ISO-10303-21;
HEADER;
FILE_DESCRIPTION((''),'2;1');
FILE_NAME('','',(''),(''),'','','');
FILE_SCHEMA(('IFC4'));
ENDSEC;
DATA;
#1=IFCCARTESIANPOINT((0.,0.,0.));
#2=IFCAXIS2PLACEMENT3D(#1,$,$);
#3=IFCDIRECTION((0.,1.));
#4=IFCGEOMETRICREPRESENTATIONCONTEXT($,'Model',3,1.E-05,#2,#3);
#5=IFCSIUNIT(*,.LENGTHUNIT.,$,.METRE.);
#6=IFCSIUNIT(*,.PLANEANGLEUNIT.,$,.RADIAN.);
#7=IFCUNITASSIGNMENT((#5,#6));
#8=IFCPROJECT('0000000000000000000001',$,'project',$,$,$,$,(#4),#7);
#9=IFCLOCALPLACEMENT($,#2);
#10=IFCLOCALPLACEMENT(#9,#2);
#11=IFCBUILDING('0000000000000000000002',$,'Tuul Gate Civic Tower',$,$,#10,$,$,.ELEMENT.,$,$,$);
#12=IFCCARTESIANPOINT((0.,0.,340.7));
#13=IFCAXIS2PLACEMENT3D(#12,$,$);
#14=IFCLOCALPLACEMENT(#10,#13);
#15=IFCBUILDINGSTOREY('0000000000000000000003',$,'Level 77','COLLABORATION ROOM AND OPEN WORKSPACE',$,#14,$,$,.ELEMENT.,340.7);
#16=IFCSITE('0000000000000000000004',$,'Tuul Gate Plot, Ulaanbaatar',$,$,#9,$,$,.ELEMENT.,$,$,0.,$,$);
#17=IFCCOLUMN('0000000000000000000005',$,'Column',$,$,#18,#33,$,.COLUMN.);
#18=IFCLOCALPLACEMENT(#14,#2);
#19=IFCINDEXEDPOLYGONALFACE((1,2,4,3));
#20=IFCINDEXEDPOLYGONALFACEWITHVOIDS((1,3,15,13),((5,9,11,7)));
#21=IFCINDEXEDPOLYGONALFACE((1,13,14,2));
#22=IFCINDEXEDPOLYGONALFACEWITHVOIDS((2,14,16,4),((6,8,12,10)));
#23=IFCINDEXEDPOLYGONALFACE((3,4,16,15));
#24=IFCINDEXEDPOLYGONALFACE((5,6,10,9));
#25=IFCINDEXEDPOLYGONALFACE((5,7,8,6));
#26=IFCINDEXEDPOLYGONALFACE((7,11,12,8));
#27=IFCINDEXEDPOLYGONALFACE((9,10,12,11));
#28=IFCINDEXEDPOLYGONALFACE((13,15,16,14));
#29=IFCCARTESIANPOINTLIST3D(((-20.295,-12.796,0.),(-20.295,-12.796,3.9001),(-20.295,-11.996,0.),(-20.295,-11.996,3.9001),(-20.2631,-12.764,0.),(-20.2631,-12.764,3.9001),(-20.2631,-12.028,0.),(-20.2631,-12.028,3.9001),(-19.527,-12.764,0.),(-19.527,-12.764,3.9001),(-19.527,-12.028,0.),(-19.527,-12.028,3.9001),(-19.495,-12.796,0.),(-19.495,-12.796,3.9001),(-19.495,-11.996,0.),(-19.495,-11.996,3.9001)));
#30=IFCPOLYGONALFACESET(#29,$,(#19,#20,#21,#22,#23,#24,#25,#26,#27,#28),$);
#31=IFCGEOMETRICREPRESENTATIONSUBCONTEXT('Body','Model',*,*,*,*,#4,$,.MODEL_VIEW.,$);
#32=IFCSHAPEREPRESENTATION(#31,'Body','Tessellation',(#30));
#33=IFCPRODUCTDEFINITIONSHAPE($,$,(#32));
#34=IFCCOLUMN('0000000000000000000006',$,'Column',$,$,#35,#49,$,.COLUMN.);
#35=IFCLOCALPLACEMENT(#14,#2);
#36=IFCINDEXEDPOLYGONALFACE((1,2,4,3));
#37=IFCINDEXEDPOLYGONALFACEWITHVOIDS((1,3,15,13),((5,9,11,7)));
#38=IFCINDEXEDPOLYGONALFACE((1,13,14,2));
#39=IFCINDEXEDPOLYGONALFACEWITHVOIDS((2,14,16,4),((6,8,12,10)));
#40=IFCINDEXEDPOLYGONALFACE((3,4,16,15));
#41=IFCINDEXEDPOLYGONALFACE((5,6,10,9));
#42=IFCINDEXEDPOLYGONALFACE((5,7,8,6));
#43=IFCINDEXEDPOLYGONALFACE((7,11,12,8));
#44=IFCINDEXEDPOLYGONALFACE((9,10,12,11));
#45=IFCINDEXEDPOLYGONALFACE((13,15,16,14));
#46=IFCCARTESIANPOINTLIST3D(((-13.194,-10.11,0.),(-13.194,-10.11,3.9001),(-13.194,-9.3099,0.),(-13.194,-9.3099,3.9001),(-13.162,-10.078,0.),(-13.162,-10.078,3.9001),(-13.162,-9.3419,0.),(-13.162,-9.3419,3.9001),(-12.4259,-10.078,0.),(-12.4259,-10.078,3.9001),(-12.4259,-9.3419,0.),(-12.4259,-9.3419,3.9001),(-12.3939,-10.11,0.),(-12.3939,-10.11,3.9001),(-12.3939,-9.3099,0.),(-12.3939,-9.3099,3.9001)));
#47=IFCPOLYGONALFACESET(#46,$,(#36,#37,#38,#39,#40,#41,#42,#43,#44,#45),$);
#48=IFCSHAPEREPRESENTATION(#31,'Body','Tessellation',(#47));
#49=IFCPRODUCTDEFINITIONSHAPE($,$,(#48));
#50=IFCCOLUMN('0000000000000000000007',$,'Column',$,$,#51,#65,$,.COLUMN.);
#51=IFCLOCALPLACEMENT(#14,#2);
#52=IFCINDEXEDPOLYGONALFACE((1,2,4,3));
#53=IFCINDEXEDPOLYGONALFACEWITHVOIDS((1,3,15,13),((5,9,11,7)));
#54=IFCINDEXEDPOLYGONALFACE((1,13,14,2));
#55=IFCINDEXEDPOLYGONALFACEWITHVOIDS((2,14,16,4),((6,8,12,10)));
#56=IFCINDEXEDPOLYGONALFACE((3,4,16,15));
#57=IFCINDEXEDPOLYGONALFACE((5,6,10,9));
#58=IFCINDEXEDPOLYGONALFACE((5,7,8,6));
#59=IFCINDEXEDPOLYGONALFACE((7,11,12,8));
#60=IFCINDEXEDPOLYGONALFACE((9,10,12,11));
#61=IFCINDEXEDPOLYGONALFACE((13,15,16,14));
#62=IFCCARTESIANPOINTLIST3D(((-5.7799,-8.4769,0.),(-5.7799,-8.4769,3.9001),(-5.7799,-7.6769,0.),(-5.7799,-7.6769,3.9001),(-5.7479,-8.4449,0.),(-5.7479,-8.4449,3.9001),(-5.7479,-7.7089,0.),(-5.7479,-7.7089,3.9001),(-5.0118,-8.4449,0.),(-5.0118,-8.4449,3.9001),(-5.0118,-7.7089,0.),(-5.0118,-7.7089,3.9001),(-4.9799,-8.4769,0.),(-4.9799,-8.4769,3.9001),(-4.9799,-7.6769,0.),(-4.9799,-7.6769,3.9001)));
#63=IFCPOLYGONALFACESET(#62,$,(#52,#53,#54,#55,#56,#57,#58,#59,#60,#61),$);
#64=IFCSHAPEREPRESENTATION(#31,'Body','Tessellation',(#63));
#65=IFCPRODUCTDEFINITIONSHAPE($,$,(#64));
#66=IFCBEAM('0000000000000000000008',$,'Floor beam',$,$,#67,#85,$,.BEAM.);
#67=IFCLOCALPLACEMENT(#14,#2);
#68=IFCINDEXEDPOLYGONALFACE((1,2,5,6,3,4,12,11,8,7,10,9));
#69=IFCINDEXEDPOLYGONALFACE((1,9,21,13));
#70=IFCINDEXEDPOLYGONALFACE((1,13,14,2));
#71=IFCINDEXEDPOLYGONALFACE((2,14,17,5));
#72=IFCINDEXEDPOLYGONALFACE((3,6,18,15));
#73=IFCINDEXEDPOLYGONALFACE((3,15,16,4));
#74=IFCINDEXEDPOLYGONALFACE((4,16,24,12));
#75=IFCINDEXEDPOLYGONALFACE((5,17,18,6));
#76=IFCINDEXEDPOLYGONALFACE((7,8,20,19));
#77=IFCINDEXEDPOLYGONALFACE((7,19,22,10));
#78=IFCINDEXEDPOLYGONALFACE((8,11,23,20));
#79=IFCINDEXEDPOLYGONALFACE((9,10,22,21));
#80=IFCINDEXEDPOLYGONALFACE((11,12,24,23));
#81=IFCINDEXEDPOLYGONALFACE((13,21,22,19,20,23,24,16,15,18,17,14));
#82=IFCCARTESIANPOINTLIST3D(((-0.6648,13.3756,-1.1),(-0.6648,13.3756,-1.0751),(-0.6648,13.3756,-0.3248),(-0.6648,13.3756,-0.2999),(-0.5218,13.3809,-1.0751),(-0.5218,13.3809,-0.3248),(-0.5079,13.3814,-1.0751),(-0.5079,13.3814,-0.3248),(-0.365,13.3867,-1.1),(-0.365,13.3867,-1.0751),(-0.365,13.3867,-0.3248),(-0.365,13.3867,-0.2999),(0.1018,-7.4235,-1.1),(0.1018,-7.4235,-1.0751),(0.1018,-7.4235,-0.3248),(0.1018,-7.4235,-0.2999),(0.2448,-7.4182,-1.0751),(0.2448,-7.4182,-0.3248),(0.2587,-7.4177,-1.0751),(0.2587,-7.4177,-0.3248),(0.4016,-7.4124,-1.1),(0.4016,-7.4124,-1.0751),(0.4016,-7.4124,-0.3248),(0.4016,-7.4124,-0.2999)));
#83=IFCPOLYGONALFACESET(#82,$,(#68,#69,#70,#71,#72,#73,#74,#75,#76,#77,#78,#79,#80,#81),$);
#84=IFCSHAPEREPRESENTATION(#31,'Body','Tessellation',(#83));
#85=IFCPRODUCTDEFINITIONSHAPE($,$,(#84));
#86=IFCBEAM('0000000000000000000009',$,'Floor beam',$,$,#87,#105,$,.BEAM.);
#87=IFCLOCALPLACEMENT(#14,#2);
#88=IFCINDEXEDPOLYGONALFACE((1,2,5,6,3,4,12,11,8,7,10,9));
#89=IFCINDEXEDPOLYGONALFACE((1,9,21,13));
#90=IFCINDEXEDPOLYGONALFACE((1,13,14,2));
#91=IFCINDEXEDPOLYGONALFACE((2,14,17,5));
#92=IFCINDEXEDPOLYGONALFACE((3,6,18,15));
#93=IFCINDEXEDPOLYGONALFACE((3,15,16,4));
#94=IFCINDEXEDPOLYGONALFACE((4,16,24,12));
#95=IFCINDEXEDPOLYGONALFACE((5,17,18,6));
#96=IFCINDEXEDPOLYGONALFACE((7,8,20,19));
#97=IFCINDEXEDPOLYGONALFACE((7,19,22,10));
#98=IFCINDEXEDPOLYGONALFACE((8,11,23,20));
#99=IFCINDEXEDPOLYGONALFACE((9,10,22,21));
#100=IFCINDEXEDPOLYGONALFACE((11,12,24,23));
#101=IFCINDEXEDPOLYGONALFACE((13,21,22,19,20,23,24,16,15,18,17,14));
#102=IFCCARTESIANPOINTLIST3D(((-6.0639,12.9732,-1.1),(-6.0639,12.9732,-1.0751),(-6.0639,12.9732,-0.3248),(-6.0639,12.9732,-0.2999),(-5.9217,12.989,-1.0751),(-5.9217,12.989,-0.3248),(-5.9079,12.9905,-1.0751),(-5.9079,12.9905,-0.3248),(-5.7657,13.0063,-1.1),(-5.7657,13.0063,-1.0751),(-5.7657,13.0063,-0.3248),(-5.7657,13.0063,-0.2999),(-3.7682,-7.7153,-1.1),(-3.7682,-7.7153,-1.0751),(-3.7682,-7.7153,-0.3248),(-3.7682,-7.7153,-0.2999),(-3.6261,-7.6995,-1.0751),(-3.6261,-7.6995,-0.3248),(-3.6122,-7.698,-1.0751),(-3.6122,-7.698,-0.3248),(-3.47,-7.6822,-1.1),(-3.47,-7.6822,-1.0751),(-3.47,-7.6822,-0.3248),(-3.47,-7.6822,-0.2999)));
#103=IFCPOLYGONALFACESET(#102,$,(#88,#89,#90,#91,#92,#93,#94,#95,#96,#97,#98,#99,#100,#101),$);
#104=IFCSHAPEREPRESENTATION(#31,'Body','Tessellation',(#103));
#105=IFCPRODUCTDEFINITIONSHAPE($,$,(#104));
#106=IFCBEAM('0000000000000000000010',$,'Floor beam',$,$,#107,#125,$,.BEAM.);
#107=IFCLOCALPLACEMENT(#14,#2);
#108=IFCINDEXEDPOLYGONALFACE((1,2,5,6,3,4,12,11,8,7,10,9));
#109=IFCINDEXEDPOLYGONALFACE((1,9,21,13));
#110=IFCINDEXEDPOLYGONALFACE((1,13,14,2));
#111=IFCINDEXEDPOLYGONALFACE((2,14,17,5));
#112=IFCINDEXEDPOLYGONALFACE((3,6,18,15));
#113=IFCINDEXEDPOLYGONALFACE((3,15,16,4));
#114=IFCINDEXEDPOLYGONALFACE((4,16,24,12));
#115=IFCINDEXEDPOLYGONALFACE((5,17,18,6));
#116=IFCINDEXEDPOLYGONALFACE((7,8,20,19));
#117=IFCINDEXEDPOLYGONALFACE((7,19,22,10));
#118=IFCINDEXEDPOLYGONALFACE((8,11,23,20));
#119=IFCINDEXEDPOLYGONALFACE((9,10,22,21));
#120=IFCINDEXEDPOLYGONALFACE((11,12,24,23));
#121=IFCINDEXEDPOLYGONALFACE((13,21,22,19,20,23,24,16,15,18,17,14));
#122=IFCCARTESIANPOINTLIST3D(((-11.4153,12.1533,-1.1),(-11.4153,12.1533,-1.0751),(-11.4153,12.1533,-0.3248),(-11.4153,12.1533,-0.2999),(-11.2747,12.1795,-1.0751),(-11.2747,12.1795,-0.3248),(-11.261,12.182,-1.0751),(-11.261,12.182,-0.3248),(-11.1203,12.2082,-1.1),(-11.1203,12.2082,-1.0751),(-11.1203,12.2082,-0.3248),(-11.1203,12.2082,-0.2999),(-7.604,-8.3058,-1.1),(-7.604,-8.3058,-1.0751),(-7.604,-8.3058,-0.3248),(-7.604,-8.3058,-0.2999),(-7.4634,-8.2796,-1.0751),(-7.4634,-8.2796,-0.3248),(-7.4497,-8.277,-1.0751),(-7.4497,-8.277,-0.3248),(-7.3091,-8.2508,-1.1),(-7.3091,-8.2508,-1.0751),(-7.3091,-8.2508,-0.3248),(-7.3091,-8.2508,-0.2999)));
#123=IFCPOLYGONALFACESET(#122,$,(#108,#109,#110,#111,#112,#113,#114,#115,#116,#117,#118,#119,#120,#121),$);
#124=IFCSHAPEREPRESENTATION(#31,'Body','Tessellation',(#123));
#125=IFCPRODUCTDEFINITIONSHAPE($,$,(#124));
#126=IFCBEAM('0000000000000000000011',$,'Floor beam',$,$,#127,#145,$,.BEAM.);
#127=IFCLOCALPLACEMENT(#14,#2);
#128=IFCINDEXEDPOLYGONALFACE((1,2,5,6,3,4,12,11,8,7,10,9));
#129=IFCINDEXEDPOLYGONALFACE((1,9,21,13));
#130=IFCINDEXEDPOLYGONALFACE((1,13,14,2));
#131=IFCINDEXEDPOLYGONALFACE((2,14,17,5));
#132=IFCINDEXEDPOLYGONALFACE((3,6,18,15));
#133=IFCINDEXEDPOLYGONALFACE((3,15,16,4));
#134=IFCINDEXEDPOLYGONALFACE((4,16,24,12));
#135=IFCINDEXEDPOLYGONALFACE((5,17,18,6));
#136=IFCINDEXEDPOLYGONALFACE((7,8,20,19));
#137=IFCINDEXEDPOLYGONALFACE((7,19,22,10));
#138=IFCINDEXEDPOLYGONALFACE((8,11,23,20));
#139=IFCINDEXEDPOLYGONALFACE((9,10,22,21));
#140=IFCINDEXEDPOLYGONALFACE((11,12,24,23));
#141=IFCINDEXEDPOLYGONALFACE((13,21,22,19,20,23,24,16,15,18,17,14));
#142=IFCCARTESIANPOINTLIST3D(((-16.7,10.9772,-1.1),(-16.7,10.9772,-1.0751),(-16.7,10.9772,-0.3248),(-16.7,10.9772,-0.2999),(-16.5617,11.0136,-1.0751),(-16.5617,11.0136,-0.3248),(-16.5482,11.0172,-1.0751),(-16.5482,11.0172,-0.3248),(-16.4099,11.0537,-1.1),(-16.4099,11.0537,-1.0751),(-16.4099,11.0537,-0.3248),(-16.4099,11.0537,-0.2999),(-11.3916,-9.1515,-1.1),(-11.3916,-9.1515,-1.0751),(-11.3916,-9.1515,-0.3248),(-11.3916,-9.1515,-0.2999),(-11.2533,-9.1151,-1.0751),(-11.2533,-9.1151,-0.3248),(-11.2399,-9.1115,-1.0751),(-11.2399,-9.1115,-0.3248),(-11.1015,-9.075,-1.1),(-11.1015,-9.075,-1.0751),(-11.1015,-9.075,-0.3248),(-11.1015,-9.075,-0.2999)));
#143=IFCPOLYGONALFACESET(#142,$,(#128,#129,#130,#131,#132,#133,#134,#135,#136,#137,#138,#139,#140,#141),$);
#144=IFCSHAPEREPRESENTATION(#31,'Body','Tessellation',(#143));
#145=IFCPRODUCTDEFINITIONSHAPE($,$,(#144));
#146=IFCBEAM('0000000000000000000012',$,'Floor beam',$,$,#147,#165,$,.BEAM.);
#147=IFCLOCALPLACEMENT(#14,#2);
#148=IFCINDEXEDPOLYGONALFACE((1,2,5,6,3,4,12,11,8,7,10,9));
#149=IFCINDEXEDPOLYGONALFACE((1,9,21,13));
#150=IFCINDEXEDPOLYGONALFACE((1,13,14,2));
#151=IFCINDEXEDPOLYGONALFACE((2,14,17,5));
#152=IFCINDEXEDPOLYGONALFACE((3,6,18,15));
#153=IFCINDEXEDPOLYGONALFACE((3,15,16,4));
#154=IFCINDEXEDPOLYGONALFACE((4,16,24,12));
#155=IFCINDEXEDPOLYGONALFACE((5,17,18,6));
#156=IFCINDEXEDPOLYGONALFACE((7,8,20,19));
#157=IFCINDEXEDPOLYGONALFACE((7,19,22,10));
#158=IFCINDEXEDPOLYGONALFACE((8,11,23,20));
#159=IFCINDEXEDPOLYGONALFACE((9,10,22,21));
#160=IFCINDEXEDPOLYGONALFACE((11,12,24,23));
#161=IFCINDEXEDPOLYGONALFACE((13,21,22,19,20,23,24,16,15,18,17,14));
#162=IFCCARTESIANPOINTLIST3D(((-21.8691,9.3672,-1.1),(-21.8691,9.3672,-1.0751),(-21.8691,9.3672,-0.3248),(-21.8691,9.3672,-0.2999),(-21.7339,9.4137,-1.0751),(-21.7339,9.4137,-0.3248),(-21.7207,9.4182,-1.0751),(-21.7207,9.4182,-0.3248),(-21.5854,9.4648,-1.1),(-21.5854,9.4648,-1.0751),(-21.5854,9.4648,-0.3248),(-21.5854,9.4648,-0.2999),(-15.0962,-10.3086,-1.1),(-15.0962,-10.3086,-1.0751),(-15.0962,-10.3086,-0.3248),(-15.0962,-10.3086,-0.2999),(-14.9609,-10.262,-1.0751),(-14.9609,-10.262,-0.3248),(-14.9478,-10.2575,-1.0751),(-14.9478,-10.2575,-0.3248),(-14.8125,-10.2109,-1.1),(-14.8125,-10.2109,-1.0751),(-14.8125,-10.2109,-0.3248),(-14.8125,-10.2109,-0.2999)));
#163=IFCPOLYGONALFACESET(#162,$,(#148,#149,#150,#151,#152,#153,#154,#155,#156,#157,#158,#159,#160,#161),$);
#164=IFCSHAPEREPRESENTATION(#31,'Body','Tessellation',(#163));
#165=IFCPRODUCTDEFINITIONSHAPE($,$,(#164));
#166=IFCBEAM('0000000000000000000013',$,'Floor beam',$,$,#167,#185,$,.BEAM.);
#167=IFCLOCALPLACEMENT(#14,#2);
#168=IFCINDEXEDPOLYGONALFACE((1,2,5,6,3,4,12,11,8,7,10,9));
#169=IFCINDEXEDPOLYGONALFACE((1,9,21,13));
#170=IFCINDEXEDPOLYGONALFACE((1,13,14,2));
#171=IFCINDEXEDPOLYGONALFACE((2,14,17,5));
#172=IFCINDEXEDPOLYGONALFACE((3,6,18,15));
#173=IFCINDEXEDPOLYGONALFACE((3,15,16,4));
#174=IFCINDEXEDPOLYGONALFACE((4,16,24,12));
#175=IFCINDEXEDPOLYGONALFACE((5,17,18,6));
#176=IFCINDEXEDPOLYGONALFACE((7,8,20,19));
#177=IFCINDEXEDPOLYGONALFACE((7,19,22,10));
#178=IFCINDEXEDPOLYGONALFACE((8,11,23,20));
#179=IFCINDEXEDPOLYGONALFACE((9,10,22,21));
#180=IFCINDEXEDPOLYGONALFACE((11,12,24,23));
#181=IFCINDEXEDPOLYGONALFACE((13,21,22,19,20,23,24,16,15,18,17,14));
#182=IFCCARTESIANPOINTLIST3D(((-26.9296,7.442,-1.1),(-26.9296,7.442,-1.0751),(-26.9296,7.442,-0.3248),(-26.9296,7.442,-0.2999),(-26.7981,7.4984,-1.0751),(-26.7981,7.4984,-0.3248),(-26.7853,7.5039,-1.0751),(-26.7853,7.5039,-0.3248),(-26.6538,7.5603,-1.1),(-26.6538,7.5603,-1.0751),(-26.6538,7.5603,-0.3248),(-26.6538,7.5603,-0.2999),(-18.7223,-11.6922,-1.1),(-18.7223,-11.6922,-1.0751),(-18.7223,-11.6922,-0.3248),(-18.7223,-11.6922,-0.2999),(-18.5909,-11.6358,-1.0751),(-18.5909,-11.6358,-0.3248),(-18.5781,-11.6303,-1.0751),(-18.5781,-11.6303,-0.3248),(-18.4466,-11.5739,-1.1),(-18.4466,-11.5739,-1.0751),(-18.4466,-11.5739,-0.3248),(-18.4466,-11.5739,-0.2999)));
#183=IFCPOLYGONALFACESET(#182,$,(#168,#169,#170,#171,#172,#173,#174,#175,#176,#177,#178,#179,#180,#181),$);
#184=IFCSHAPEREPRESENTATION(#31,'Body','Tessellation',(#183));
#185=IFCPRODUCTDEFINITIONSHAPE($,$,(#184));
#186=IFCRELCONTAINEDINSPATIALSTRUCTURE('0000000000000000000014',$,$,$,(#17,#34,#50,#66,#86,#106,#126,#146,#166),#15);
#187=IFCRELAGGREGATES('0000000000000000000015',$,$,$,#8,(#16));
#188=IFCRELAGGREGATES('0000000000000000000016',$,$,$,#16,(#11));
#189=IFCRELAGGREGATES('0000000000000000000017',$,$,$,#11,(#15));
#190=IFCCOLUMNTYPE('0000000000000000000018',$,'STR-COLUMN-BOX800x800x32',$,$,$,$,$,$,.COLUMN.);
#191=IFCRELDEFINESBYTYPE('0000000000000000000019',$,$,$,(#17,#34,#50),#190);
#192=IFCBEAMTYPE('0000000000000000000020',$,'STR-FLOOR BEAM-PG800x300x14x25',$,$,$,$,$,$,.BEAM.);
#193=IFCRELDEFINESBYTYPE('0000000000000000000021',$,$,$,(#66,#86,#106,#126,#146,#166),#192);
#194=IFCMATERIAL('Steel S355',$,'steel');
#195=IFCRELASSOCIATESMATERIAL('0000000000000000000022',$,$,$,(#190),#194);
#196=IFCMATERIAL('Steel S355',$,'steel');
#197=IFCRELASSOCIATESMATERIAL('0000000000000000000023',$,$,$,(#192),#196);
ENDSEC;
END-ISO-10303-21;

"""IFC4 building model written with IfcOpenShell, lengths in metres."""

from ifc_helpers import new_model, si_unit, direction, frame, origin, origin_2d, place, context, subcontext, project, spatial, hollow_rectangle, i_section, extrude, material, material_profile, profile_set, type_object, element, save


model = new_model("IFC4")

# Units and contexts
model_context = context("Model", 3, precision=1e-05, world=origin(), true_north=direction((0.0, 1.0)))
body_context = subcontext(model_context, "Body", "Model", "MODEL_VIEW")
ifc_project = project(units=[si_unit("LENGTHUNIT", "METRE"), si_unit("PLANEANGLEUNIT", "RADIAN")], contexts=[model_context])

# Site, building, storey
site_placement = place(None, origin())
site = spatial("IfcSite", under=ifc_project, at=site_placement, Name="Tuul Gate Plot, Ulaanbaatar", CompositionType="ELEMENT", RefElevation=0.0)
building_placement = place(site_placement, origin())
building = spatial("IfcBuilding", under=site, at=building_placement, Name="Tuul Gate Civic Tower", CompositionType="ELEMENT")
storey_placement = place(building_placement, frame((0.0, 0.0, 340.7)))
storey = spatial("IfcBuildingStorey", under=building, at=storey_placement, Name="Level 77", Description="COLLABORATION ROOM AND OPEN WORKSPACE", CompositionType="ELEMENT", Elevation=340.7)

# Columns
ifc_material_1 = material(Name="Steel S355", Category="steel")
ifc_material_profile_1 = material_profile(ifc_material_1, hollow_rectangle(XDim=0.8, YDim=0.8, WallThickness=0.032, at=origin_2d()), Name="BOX800x800x32")
ifc_profile_set_1 = profile_set([ifc_material_profile_1], Name="Steel S355")
column_type = type_object("IfcColumnType", Name="STR-COLUMN-BOX800x800x32", PredefinedType="COLUMN", material=ifc_profile_set_1)
for number, where, z_axis, x_axis, name in (
    (1, (-19.895, -12.396, 0.0), (0.0, 0.0, 1.0), (1.0, 0.0, 0.0), "Column"),
    (2, (-12.7939, -9.71, 0.0), (0.0, 0.0, 1.0), (1.0, 0.0, 0.0), "Column"),
    (3, (-5.3799, -8.0769, 0.0), (0.0, 0.0, 1.0), (1.0, 0.0, 0.0), "Column"),
):
    element("IfcColumn", number, at=place(storey_placement, frame(where, z_axis=z_axis, x_axis=x_axis)), inside=storey, type_object=column_type, Name=name, PredefinedType="COLUMN", context=body_context, shape_type="SweptSolid", body=[
        extrude(hollow_rectangle(XDim=0.8, YDim=0.8, WallThickness=0.032, at=origin_2d()), origin(), (0.0, 0.0, 1.0), 3.9001),
    ])

# Beams
ifc_material_2 = material(Name="Steel S355", Category="steel")
ifc_material_profile_2 = material_profile(ifc_material_2, i_section(OverallWidth=0.3, OverallDepth=0.8, WebThickness=0.0139, FlangeThickness=0.0249, at=origin_2d()), Name="PG800x300x14x25")
ifc_profile_set_2 = profile_set([ifc_material_profile_2], Name="Steel S355")
beam_type_1 = type_object("IfcBeamType", Name="STR-FLOOR BEAM-PG800x300x14x25", PredefinedType="BEAM", material=ifc_profile_set_2)
beam_1_placement = place(storey_placement, frame((0.2517, -7.418, -0.7), z_axis=(-0.036832, 0.999321, 0.0), x_axis=(-0.999321, -0.036832, 0.0)))
element("IfcBeam", 4, at=beam_1_placement, inside=storey, type_object=beam_type_1, Name="Floor beam", PredefinedType="BEAM", context=body_context, shape_type="SweptSolid", body=[
    extrude(i_section(OverallWidth=0.3, OverallDepth=0.8, WebThickness=0.0139, FlangeThickness=0.0249, at=origin_2d()), origin(), (0.0, 0.0, 1.0), 20.8132),
])
beam_2_placement = place(storey_placement, frame((-3.6191, -7.6987, -0.7), z_axis=(-0.110286, 0.9939, 0.0), x_axis=(-0.9939, -0.110286, 0.0)))
element("IfcBeam", 5, at=beam_2_placement, inside=storey, type_object=beam_type_1, Name="Floor beam", PredefinedType="BEAM", context=body_context, shape_type="SweptSolid", body=[
    extrude(i_section(OverallWidth=0.3, OverallDepth=0.8, WebThickness=0.0139, FlangeThickness=0.0249, at=origin_2d()), origin(), (0.0, 0.0, 1.0), 20.8154),
])
beam_3_placement = place(storey_placement, frame((-7.4565, -8.2783, -0.7), z_axis=(-0.183138, 0.983087, 0.0), x_axis=(-0.983087, -0.183138, 0.0)))
element("IfcBeam", 6, at=beam_3_placement, inside=storey, type_object=beam_type_1, Name="Floor beam", PredefinedType="BEAM", context=body_context, shape_type="SweptSolid", body=[
    extrude(i_section(OverallWidth=0.3, OverallDepth=0.8, WebThickness=0.0139, FlangeThickness=0.0249, at=origin_2d()), origin(), (0.0, 0.0, 1.0), 20.811),
])
beam_4_placement = place(storey_placement, frame((-11.2466, -9.1133, -0.7), z_axis=(-0.255002, 0.96694, 0.0), x_axis=(-0.96694, -0.255002, 0.0)))
element("IfcBeam", 7, at=beam_4_placement, inside=storey, type_object=beam_type_1, Name="Floor beam", PredefinedType="BEAM", context=body_context, shape_type="SweptSolid", body=[
    extrude(i_section(OverallWidth=0.3, OverallDepth=0.8, WebThickness=0.0139, FlangeThickness=0.0249, at=origin_2d()), origin(), (0.0, 0.0, 1.0), 20.8169),
])
beam_5_placement = place(storey_placement, frame((-14.9543, -10.2598, -0.7), z_axis=(-0.325484, 0.945548, 0.0), x_axis=(-0.945548, -0.325484, 0.0)))
element("IfcBeam", 8, at=beam_5_placement, inside=storey, type_object=beam_type_1, Name="Floor beam", PredefinedType="BEAM", context=body_context, shape_type="SweptSolid", body=[
    extrude(i_section(OverallWidth=0.3, OverallDepth=0.8, WebThickness=0.0139, FlangeThickness=0.0249, at=origin_2d()), origin(), (0.0, 0.0, 1.0), 20.8088),
])
beam_6_placement = place(storey_placement, frame((-18.5845, -11.6331, -0.7), z_axis=(-0.394198, 0.919026, 0.0), x_axis=(-0.919026, -0.394198, 0.0)))
element("IfcBeam", 9, at=beam_6_placement, inside=storey, type_object=beam_type_1, Name="Floor beam", PredefinedType="BEAM", context=body_context, shape_type="SweptSolid", body=[
    extrude(i_section(OverallWidth=0.3, OverallDepth=0.8, WebThickness=0.0139, FlangeThickness=0.0249, at=origin_2d()), origin(), (0.0, 0.0, 1.0), 20.8201),
])

save(model, "model.ifc")
